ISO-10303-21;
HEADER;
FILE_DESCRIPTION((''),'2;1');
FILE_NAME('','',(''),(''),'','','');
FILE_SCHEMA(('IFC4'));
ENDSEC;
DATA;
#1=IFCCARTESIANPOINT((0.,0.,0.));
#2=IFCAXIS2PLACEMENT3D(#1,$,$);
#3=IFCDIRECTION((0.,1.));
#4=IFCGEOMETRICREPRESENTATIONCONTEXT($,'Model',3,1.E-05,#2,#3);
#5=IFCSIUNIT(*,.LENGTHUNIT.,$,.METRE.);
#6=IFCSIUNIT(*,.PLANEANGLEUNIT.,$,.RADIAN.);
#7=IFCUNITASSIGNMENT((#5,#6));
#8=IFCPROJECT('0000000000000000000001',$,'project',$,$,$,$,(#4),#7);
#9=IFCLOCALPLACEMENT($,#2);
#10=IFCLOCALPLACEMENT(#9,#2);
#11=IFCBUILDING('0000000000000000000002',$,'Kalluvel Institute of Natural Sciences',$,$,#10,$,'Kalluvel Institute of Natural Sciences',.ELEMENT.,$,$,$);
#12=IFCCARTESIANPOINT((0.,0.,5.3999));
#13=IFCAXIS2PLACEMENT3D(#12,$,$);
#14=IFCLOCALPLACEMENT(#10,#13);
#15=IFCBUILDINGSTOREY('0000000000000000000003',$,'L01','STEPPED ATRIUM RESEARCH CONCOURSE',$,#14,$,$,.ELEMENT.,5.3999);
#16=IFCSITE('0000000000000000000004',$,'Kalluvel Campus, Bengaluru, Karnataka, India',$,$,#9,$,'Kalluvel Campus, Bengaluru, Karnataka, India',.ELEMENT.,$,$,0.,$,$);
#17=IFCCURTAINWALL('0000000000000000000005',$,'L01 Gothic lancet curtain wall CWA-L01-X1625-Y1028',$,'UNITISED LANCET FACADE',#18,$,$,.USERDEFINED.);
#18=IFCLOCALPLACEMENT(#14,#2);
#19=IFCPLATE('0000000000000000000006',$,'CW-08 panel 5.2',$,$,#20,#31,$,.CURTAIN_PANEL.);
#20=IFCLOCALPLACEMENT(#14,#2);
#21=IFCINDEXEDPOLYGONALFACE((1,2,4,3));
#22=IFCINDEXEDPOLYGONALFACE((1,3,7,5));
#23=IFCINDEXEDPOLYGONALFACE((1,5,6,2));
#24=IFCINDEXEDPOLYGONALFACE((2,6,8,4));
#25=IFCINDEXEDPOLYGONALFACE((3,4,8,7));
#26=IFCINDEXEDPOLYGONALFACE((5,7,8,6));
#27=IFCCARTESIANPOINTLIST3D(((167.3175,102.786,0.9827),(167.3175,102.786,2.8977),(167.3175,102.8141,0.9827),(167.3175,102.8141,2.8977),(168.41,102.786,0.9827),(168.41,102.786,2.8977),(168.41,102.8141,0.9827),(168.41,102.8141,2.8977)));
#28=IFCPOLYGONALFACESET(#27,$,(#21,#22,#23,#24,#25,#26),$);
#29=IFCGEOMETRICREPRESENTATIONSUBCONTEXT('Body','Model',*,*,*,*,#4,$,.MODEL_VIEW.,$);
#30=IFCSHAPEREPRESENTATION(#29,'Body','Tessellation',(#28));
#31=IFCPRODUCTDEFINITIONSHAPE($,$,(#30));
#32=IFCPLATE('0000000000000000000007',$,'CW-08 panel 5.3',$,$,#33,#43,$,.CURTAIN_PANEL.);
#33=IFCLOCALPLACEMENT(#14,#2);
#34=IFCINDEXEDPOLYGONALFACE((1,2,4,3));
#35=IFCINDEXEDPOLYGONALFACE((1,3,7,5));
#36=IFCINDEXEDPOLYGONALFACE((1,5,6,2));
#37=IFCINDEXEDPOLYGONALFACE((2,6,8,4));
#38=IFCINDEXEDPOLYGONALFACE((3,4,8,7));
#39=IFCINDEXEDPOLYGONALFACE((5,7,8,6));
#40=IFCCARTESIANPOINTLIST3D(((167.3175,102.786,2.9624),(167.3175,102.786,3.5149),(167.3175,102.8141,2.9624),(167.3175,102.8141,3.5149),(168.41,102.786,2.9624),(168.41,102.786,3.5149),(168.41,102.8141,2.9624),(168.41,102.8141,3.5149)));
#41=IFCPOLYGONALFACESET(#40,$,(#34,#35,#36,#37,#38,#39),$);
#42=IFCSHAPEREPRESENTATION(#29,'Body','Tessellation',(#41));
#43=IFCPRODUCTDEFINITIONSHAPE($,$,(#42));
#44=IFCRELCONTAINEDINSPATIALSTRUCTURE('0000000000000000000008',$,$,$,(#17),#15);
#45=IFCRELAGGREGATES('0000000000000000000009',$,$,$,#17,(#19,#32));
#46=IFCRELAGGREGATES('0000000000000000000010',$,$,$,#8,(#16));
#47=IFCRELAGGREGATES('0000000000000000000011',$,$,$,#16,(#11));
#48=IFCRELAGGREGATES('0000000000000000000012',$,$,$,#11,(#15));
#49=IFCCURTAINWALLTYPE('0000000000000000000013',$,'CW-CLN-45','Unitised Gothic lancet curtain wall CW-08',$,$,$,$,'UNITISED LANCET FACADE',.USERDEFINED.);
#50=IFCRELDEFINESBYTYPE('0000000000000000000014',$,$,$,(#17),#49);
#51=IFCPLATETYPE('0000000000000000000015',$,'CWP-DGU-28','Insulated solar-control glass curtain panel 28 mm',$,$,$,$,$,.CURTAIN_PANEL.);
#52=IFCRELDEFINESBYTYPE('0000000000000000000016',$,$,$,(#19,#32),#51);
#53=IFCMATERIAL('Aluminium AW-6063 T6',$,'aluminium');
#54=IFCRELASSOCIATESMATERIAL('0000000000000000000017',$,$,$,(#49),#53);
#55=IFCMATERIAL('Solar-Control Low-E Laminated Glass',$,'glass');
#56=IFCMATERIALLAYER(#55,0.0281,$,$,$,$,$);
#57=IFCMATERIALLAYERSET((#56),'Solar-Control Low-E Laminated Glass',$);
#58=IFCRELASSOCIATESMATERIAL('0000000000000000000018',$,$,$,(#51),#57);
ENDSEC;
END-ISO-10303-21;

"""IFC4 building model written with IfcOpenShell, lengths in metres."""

from ifc_helpers import new_model, si_unit, direction, frame, origin, origin_2d, place, context, subcontext, project, spatial, rectangle, extrude, material, layer, layer_set, type_object, element, aggregate, save


model = new_model("IFC4")

# Units and contexts
model_context = context("Model", 3, precision=1e-05, world=origin(), true_north=direction((0.0, 1.0)))
body_context = subcontext(model_context, "Body", "Model", "MODEL_VIEW")
ifc_project = project(units=[si_unit("LENGTHUNIT", "METRE"), si_unit("PLANEANGLEUNIT", "RADIAN")], contexts=[model_context])

# Site, building, storey
site_placement = place(None, origin())
site = spatial("IfcSite", under=ifc_project, at=site_placement, Name="Kalluvel Campus, Bengaluru, Karnataka, India", LongName="Kalluvel Campus, Bengaluru, Karnataka, India", CompositionType="ELEMENT", RefElevation=0.0)
building_placement = place(site_placement, origin())
building = spatial("IfcBuilding", under=site, at=building_placement, Name="Kalluvel Institute of Natural Sciences", LongName="Kalluvel Institute of Natural Sciences", CompositionType="ELEMENT")
storey_placement = place(building_placement, frame((0.0, 0.0, 5.3999)))
storey = spatial("IfcBuildingStorey", under=building, at=storey_placement, Name="L01", Description="STEPPED ATRIUM RESEARCH CONCOURSE", CompositionType="ELEMENT", Elevation=5.3999)

# Curtain wall, plates
ifc_material_1 = material(Name="Aluminium AW-6063 T6", Category="aluminium")
curtain_wall_type = type_object("IfcCurtainWallType", Name="CW-CLN-45", Description="Unitised Gothic lancet curtain wall CW-08", ElementType="UNITISED LANCET FACADE", PredefinedType="USERDEFINED", material=ifc_material_1)
curtain_wall_placement = place(storey_placement, origin())
curtain_wall = element("IfcCurtainWall", 1, at=curtain_wall_placement, inside=storey, type_object=curtain_wall_type, Name="L01 Gothic lancet curtain wall CWA-L01-X1625-Y1028", ObjectType="UNITISED LANCET FACADE", PredefinedType="USERDEFINED")
ifc_material_2 = material(Name="Solar-Control Low-E Laminated Glass", Category="glass")
ifc_layer = layer(ifc_material_2, 0.0281)
ifc_layer_set = layer_set([ifc_layer], Name="Solar-Control Low-E Laminated Glass")
plate_type = type_object("IfcPlateType", Name="CWP-DGU-28", Description="Insulated solar-control glass curtain panel 28 mm", PredefinedType="CURTAIN_PANEL", material=ifc_layer_set)
plate_1_placement = place(storey_placement, frame((167.8638, 102.8, 0.9827), z_axis=(0.0, 0.0, 1.0), x_axis=(1.0, 0.0, 0.0)))
plate_1 = element("IfcPlate", 2, at=plate_1_placement, type_object=plate_type, Name="CW-08 panel 5.2", PredefinedType="CURTAIN_PANEL", context=body_context, shape_type="SweptSolid", body=[
    extrude(rectangle(XDim=1.0925, YDim=0.0281, at=origin_2d()), origin(), (0.0, 0.0, 1.0), 1.915),
])
plate_2_placement = place(storey_placement, frame((167.8638, 102.8, 2.9624), z_axis=(0.0, 0.0, 1.0), x_axis=(1.0, 0.0, 0.0)))
plate_2 = element("IfcPlate", 3, at=plate_2_placement, type_object=plate_type, Name="CW-08 panel 5.3", PredefinedType="CURTAIN_PANEL", context=body_context, shape_type="SweptSolid", body=[
    extrude(rectangle(XDim=1.0925, YDim=0.0281, at=origin_2d()), origin(), (0.0, 0.0, 1.0), 0.5525),
])
aggregate(curtain_wall, [plate_1, plate_2])

save(model, "model.ifc")
